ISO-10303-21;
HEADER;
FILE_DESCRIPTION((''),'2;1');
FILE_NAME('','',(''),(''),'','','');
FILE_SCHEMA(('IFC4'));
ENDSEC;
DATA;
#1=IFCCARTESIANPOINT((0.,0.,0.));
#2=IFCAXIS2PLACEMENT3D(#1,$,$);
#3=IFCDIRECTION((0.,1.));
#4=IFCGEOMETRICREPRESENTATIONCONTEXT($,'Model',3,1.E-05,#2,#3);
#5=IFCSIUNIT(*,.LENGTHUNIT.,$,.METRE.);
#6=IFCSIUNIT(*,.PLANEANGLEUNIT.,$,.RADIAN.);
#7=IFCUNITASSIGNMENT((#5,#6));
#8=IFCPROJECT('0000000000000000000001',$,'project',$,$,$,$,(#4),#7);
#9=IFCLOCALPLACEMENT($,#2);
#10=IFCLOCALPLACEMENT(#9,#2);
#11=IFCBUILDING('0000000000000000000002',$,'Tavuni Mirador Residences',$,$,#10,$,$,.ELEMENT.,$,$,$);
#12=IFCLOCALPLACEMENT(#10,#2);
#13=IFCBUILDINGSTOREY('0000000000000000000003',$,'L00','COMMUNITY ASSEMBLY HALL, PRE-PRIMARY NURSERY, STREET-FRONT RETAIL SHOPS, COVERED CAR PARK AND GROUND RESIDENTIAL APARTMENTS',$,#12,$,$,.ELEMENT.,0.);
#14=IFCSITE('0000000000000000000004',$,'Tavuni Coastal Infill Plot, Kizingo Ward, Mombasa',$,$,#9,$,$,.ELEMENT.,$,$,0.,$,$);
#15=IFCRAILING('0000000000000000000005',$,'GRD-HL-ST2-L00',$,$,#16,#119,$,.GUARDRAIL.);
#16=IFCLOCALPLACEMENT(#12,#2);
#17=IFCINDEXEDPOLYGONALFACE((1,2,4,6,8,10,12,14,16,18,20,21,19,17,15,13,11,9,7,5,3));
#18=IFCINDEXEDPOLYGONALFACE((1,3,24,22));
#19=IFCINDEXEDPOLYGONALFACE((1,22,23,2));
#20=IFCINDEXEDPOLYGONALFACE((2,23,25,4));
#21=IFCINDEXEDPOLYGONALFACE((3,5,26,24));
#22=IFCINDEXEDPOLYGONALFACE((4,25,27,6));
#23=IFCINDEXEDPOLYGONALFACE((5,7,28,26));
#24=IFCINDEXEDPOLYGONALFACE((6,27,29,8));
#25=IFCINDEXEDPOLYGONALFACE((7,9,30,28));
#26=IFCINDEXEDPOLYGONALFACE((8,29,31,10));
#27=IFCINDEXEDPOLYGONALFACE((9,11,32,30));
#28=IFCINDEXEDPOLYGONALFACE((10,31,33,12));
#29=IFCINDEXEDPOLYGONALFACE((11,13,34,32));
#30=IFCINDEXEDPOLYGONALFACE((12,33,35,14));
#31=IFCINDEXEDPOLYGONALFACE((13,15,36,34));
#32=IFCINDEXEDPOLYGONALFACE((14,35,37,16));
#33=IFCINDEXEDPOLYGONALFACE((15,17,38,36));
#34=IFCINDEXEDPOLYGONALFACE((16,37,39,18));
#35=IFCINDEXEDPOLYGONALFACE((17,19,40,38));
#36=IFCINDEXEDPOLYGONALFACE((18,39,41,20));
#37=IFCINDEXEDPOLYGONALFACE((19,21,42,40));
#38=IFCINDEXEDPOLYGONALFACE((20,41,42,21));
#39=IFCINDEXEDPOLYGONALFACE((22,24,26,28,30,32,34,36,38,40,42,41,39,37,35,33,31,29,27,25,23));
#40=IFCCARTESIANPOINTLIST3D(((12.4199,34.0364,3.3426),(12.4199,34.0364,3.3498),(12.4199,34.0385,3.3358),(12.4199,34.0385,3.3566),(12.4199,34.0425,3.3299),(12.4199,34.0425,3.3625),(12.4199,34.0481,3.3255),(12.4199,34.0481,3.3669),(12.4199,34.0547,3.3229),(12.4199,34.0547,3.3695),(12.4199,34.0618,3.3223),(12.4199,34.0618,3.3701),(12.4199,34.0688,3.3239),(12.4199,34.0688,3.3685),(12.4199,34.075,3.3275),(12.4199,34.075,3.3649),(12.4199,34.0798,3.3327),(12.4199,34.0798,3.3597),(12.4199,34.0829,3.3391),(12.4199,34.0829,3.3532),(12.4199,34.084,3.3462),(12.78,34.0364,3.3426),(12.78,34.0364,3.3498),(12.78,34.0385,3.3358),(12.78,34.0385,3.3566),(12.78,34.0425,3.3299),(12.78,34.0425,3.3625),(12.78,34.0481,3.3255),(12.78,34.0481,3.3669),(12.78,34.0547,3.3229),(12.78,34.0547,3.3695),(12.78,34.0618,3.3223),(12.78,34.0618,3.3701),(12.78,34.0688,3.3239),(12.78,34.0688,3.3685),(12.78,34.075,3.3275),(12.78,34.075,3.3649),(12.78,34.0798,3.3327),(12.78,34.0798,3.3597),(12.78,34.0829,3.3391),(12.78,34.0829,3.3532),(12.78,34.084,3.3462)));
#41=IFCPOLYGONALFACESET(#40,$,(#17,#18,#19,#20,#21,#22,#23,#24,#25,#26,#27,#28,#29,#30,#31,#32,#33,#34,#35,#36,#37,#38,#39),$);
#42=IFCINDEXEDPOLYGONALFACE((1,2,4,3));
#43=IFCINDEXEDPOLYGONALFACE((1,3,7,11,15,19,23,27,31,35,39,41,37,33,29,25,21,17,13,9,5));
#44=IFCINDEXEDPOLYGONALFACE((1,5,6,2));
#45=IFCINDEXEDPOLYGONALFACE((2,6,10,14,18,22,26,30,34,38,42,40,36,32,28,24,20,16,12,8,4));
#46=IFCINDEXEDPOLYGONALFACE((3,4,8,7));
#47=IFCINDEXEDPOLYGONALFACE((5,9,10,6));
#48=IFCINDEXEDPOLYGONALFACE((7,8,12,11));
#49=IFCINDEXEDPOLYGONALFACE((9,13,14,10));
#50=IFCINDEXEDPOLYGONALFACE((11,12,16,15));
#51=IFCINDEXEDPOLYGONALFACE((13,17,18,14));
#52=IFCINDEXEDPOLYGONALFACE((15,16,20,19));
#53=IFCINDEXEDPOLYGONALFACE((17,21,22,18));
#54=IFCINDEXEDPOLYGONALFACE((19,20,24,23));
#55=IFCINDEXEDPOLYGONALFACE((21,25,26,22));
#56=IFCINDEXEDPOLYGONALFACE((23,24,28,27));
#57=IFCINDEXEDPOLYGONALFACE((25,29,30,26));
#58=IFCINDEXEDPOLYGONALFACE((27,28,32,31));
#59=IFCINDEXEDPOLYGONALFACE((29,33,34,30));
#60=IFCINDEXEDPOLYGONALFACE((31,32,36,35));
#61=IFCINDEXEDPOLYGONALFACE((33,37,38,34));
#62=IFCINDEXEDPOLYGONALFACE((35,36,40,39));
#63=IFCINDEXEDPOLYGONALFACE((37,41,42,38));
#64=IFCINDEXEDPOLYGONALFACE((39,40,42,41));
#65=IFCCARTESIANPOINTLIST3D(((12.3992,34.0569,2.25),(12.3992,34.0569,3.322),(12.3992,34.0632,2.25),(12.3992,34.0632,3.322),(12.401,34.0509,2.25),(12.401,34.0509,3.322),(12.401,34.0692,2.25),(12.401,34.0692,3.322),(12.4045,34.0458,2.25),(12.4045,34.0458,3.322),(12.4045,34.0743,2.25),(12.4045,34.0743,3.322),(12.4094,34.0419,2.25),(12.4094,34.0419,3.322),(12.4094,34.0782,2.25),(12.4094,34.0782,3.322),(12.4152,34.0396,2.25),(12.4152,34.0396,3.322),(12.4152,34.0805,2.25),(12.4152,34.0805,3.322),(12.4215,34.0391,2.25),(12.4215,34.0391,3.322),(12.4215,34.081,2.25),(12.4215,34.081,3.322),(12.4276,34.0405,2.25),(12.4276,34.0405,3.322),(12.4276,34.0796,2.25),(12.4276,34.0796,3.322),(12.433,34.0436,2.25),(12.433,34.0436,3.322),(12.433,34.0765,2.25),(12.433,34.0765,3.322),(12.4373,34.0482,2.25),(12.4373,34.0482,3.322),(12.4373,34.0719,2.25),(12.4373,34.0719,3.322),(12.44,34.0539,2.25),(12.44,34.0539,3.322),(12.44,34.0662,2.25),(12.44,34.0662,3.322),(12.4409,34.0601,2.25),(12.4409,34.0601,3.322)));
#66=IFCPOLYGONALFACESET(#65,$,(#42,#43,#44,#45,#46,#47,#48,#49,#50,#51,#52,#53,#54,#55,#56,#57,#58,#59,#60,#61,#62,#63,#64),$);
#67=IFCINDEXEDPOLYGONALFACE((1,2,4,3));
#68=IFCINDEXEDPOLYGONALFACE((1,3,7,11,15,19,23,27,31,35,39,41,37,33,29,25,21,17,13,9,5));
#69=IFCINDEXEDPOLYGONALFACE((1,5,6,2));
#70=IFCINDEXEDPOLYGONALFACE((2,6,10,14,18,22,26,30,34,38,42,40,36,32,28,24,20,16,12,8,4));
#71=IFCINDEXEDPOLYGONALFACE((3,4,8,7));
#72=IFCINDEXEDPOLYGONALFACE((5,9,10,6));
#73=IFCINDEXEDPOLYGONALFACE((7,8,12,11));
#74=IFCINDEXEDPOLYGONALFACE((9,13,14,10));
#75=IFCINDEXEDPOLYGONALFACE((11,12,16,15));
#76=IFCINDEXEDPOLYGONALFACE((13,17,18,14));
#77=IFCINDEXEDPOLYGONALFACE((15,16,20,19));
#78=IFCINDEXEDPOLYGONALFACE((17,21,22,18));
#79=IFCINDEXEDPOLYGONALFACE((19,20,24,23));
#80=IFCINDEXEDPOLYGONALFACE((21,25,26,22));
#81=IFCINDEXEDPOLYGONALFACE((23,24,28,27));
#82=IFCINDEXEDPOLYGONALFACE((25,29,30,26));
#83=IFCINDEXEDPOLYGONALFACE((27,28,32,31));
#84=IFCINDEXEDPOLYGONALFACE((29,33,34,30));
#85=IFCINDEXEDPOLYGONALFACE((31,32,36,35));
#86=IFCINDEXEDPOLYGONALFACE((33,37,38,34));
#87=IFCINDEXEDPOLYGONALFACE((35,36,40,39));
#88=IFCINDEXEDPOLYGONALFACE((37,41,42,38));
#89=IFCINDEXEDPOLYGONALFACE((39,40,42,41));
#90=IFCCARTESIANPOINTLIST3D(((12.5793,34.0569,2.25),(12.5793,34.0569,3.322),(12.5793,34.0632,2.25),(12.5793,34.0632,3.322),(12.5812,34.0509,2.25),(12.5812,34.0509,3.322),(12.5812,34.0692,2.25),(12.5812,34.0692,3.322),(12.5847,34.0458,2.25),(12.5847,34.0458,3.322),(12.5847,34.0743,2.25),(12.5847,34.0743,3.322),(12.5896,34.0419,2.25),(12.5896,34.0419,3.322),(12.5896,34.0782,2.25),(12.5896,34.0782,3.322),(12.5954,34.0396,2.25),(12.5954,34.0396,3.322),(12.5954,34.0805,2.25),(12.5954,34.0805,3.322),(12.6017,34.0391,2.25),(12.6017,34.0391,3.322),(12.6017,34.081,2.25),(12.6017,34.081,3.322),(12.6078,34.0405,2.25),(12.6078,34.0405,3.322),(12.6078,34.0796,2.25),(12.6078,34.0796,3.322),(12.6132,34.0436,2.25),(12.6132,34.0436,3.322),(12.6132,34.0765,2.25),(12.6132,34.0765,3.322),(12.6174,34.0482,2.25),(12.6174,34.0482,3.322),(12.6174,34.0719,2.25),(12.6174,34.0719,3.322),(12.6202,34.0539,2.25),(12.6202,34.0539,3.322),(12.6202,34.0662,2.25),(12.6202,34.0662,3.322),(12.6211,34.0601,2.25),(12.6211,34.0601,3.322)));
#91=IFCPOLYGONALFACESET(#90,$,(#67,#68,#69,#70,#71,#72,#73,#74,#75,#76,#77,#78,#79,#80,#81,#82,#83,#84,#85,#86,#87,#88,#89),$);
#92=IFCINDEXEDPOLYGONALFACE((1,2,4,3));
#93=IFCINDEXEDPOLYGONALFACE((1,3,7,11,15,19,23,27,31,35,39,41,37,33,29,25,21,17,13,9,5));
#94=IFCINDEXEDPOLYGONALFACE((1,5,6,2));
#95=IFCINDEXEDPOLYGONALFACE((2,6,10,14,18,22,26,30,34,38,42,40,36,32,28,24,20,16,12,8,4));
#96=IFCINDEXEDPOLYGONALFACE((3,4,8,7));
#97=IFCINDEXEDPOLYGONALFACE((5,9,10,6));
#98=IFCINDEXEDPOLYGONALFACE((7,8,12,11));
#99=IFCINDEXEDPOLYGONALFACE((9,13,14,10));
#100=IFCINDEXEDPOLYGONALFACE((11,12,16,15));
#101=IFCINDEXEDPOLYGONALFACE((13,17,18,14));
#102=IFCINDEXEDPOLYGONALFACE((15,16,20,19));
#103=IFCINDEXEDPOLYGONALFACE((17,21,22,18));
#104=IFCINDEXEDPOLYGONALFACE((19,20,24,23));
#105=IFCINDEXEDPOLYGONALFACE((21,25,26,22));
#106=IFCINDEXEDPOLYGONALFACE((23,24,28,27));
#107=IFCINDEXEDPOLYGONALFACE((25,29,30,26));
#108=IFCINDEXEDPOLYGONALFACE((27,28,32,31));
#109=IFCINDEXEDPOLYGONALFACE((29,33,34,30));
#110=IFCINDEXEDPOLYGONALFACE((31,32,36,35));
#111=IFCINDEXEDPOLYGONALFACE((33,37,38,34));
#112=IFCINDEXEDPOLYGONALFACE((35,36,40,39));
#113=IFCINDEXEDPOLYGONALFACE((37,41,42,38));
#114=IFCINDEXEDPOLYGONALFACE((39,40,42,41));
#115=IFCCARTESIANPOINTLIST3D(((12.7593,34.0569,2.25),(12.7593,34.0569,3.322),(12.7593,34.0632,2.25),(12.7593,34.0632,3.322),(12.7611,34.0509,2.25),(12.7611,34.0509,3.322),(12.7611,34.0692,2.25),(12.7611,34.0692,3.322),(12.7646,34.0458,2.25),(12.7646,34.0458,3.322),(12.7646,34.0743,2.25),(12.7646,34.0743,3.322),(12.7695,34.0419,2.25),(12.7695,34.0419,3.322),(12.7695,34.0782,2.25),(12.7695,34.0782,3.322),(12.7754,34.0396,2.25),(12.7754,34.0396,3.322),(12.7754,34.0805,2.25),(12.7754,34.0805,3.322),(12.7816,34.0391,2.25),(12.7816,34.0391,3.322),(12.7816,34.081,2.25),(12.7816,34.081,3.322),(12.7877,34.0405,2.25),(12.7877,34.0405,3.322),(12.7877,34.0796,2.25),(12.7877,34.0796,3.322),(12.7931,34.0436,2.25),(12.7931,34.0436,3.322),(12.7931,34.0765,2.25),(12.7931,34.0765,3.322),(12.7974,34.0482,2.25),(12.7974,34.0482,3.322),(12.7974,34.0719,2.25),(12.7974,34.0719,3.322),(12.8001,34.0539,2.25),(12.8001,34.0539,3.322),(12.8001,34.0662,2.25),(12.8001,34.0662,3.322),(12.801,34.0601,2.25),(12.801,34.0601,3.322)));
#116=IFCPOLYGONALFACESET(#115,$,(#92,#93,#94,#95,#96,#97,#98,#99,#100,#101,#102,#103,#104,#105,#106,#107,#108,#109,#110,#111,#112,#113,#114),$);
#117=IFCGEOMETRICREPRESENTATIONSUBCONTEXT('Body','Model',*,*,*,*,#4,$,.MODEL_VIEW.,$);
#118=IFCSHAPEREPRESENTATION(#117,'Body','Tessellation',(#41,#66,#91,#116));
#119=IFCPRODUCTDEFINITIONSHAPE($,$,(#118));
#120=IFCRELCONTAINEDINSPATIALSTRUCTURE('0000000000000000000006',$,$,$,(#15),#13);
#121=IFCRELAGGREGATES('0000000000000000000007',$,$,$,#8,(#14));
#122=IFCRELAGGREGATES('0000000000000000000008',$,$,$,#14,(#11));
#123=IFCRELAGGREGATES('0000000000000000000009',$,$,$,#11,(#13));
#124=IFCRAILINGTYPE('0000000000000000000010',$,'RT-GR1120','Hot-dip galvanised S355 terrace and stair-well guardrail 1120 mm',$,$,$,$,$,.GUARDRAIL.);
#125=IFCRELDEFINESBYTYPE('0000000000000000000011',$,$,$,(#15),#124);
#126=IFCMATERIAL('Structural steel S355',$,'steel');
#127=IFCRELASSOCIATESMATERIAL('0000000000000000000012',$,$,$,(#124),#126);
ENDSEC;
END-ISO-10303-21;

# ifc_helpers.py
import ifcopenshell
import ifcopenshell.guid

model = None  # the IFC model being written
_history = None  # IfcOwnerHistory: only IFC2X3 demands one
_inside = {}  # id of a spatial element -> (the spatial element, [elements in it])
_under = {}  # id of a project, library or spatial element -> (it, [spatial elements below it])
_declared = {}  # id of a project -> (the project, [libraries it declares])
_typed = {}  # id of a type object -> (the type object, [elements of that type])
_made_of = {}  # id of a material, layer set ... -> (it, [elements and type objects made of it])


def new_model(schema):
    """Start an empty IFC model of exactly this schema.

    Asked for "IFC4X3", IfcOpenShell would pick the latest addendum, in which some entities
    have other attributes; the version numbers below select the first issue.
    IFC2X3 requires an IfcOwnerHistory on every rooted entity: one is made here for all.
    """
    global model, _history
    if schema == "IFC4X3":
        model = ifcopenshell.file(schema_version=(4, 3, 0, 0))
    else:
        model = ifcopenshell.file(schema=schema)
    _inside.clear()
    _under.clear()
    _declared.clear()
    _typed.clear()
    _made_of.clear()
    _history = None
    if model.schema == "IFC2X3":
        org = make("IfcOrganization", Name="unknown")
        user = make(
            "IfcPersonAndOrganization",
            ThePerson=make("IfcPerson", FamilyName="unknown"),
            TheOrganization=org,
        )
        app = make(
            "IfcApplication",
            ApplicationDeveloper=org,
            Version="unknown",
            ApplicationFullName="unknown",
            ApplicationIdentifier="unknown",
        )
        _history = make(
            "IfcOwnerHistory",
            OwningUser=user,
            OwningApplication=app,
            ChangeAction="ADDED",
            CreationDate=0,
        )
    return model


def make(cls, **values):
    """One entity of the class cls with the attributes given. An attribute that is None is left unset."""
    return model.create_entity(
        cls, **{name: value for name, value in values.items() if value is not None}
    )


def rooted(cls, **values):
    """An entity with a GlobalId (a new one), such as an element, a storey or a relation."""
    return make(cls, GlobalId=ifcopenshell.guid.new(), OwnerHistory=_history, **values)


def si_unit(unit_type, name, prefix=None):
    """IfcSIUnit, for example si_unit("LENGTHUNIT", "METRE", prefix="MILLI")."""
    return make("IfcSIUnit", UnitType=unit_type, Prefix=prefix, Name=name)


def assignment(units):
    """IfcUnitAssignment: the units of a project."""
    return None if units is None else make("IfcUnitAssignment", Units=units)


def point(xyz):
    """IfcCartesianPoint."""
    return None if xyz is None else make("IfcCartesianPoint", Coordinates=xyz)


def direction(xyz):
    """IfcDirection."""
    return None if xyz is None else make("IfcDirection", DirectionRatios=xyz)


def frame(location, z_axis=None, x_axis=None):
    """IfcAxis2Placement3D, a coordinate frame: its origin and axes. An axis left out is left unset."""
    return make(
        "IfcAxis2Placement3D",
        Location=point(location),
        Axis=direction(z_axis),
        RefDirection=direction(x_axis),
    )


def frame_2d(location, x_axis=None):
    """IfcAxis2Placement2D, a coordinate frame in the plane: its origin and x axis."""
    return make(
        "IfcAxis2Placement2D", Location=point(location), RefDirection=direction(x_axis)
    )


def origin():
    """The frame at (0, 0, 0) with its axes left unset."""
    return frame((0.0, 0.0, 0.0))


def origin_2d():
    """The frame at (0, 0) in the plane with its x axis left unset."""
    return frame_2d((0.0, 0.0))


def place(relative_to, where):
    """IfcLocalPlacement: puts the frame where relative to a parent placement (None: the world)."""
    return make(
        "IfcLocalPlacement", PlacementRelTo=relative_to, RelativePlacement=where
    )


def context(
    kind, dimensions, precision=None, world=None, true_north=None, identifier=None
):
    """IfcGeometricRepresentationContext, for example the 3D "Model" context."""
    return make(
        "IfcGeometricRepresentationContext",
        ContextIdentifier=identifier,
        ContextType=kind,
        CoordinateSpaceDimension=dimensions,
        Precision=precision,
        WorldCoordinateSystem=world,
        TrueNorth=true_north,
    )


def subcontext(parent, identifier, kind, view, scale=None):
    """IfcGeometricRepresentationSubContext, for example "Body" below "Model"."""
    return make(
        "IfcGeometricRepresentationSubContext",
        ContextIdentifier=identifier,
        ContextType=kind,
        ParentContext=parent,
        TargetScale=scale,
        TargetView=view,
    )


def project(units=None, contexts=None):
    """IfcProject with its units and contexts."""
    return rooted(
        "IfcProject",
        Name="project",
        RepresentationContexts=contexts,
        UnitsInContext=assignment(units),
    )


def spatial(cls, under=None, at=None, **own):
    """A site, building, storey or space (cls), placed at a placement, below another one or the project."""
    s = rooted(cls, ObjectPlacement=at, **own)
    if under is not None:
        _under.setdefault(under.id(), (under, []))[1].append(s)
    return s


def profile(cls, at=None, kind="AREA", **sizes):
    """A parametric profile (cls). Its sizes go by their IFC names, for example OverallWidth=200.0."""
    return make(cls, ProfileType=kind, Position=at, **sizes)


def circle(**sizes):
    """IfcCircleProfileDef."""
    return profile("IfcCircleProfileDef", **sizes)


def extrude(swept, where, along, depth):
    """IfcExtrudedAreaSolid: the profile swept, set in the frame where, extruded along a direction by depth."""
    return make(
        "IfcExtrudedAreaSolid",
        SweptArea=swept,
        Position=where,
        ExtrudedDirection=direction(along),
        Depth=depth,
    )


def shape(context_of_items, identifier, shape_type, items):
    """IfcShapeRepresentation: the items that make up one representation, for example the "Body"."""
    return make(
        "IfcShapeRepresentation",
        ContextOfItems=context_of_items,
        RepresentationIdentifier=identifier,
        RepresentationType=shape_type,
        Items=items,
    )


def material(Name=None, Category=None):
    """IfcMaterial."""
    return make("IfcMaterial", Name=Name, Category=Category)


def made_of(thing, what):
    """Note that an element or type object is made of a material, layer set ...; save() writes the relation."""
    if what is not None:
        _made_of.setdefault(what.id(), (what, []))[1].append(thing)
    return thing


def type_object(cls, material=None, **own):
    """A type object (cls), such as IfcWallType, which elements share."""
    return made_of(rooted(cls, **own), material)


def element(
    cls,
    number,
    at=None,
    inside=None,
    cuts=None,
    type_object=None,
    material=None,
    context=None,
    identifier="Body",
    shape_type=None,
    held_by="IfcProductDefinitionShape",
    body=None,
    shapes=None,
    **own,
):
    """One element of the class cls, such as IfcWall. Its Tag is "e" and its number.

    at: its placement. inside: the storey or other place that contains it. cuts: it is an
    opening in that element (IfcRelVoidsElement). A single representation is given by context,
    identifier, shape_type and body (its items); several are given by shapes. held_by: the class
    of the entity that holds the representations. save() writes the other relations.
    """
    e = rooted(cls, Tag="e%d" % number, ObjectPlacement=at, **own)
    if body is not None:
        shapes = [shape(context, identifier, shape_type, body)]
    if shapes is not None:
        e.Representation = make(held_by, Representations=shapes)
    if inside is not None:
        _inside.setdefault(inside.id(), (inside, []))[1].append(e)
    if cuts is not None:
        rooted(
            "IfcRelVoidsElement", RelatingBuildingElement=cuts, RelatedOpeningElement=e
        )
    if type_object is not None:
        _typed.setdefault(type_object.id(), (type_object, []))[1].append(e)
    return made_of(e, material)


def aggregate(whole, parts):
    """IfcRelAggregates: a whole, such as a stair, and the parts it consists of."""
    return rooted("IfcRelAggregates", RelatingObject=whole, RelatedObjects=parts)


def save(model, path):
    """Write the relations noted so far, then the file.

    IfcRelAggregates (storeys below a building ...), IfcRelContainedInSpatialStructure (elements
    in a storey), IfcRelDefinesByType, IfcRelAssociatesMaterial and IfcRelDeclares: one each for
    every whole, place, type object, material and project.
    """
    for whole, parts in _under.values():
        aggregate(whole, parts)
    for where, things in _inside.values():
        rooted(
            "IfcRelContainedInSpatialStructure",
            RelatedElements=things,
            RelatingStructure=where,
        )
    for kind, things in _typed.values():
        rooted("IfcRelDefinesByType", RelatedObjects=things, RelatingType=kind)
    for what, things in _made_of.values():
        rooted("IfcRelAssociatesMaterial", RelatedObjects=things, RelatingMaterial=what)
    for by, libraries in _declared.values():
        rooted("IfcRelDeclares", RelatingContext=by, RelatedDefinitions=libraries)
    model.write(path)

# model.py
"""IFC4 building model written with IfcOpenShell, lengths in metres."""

from ifc_helpers import new_model, si_unit, direction, frame, origin, origin_2d, place, context, subcontext, project, spatial, circle, extrude, material, type_object, element, save


model = new_model("IFC4")

# Units and contexts
model_context = context("Model", 3, precision=1e-05, world=origin(), true_north=direction((0.0, 1.0)))
body_context = subcontext(model_context, "Body", "Model", "MODEL_VIEW")
ifc_project = project(units=[si_unit("LENGTHUNIT", "METRE"), si_unit("PLANEANGLEUNIT", "RADIAN")], contexts=[model_context])

# Site, building, storey
site_placement = place(None, origin())
site = spatial("IfcSite", under=ifc_project, at=site_placement, Name="Tavuni Coastal Infill Plot, Kizingo Ward, Mombasa", CompositionType="ELEMENT", RefElevation=0.0)
building_placement = place(site_placement, origin())
building = spatial("IfcBuilding", under=site, at=building_placement, Name="Tavuni Mirador Residences", CompositionType="ELEMENT")
storey_placement = place(building_placement, origin())
storey = spatial("IfcBuildingStorey", under=building, at=storey_placement, Name="L00", Description="COMMUNITY ASSEMBLY HALL, PRE-PRIMARY NURSERY, STREET-FRONT RETAIL SHOPS, COVERED CAR PARK AND GROUND RESIDENTIAL APARTMENTS", CompositionType="ELEMENT", Elevation=0.0)

# Shared definitions
ifc_material_1 = material(Name="Structural steel S355", Category="steel")

# Railing
railing_type_1 = type_object("IfcRailingType", Name="RT-GR1120", Description="Hot-dip galvanised S355 terrace and stair-well guardrail 1120 mm", PredefinedType="GUARDRAIL", material=ifc_material_1)
railing_1_placement = place(storey_placement, frame((12.4199, 34.0601, 2.25)))
element("IfcRailing", 1, at=railing_1_placement, inside=storey, type_object=railing_type_1, Name="GRD-HL-ST2-L00", PredefinedType="GUARDRAIL", context=body_context, shape_type="SweptSolid", body=[
    extrude(circle(Radius=0.0239, at=origin_2d()), frame((0.0, 0.0, 1.0962), z_axis=(1.0, 0.0, 0.0), x_axis=(0.0, 1.0, 0.0)), (0.0, 0.0, 1.0), 0.3601),
    extrude(circle(Radius=0.021, at=origin_2d()), origin(), (0.0, 0.0, 1.0), 1.072),
    extrude(circle(Radius=0.021, at=origin_2d()), frame((0.1802, 0.0, 0.0)), (0.0, 0.0, 1.0), 1.072),
    extrude(circle(Radius=0.021, at=origin_2d()), frame((0.3601, 0.0, 0.0)), (0.0, 0.0, 1.0), 1.072),
])

save(model, "model.ifc")
